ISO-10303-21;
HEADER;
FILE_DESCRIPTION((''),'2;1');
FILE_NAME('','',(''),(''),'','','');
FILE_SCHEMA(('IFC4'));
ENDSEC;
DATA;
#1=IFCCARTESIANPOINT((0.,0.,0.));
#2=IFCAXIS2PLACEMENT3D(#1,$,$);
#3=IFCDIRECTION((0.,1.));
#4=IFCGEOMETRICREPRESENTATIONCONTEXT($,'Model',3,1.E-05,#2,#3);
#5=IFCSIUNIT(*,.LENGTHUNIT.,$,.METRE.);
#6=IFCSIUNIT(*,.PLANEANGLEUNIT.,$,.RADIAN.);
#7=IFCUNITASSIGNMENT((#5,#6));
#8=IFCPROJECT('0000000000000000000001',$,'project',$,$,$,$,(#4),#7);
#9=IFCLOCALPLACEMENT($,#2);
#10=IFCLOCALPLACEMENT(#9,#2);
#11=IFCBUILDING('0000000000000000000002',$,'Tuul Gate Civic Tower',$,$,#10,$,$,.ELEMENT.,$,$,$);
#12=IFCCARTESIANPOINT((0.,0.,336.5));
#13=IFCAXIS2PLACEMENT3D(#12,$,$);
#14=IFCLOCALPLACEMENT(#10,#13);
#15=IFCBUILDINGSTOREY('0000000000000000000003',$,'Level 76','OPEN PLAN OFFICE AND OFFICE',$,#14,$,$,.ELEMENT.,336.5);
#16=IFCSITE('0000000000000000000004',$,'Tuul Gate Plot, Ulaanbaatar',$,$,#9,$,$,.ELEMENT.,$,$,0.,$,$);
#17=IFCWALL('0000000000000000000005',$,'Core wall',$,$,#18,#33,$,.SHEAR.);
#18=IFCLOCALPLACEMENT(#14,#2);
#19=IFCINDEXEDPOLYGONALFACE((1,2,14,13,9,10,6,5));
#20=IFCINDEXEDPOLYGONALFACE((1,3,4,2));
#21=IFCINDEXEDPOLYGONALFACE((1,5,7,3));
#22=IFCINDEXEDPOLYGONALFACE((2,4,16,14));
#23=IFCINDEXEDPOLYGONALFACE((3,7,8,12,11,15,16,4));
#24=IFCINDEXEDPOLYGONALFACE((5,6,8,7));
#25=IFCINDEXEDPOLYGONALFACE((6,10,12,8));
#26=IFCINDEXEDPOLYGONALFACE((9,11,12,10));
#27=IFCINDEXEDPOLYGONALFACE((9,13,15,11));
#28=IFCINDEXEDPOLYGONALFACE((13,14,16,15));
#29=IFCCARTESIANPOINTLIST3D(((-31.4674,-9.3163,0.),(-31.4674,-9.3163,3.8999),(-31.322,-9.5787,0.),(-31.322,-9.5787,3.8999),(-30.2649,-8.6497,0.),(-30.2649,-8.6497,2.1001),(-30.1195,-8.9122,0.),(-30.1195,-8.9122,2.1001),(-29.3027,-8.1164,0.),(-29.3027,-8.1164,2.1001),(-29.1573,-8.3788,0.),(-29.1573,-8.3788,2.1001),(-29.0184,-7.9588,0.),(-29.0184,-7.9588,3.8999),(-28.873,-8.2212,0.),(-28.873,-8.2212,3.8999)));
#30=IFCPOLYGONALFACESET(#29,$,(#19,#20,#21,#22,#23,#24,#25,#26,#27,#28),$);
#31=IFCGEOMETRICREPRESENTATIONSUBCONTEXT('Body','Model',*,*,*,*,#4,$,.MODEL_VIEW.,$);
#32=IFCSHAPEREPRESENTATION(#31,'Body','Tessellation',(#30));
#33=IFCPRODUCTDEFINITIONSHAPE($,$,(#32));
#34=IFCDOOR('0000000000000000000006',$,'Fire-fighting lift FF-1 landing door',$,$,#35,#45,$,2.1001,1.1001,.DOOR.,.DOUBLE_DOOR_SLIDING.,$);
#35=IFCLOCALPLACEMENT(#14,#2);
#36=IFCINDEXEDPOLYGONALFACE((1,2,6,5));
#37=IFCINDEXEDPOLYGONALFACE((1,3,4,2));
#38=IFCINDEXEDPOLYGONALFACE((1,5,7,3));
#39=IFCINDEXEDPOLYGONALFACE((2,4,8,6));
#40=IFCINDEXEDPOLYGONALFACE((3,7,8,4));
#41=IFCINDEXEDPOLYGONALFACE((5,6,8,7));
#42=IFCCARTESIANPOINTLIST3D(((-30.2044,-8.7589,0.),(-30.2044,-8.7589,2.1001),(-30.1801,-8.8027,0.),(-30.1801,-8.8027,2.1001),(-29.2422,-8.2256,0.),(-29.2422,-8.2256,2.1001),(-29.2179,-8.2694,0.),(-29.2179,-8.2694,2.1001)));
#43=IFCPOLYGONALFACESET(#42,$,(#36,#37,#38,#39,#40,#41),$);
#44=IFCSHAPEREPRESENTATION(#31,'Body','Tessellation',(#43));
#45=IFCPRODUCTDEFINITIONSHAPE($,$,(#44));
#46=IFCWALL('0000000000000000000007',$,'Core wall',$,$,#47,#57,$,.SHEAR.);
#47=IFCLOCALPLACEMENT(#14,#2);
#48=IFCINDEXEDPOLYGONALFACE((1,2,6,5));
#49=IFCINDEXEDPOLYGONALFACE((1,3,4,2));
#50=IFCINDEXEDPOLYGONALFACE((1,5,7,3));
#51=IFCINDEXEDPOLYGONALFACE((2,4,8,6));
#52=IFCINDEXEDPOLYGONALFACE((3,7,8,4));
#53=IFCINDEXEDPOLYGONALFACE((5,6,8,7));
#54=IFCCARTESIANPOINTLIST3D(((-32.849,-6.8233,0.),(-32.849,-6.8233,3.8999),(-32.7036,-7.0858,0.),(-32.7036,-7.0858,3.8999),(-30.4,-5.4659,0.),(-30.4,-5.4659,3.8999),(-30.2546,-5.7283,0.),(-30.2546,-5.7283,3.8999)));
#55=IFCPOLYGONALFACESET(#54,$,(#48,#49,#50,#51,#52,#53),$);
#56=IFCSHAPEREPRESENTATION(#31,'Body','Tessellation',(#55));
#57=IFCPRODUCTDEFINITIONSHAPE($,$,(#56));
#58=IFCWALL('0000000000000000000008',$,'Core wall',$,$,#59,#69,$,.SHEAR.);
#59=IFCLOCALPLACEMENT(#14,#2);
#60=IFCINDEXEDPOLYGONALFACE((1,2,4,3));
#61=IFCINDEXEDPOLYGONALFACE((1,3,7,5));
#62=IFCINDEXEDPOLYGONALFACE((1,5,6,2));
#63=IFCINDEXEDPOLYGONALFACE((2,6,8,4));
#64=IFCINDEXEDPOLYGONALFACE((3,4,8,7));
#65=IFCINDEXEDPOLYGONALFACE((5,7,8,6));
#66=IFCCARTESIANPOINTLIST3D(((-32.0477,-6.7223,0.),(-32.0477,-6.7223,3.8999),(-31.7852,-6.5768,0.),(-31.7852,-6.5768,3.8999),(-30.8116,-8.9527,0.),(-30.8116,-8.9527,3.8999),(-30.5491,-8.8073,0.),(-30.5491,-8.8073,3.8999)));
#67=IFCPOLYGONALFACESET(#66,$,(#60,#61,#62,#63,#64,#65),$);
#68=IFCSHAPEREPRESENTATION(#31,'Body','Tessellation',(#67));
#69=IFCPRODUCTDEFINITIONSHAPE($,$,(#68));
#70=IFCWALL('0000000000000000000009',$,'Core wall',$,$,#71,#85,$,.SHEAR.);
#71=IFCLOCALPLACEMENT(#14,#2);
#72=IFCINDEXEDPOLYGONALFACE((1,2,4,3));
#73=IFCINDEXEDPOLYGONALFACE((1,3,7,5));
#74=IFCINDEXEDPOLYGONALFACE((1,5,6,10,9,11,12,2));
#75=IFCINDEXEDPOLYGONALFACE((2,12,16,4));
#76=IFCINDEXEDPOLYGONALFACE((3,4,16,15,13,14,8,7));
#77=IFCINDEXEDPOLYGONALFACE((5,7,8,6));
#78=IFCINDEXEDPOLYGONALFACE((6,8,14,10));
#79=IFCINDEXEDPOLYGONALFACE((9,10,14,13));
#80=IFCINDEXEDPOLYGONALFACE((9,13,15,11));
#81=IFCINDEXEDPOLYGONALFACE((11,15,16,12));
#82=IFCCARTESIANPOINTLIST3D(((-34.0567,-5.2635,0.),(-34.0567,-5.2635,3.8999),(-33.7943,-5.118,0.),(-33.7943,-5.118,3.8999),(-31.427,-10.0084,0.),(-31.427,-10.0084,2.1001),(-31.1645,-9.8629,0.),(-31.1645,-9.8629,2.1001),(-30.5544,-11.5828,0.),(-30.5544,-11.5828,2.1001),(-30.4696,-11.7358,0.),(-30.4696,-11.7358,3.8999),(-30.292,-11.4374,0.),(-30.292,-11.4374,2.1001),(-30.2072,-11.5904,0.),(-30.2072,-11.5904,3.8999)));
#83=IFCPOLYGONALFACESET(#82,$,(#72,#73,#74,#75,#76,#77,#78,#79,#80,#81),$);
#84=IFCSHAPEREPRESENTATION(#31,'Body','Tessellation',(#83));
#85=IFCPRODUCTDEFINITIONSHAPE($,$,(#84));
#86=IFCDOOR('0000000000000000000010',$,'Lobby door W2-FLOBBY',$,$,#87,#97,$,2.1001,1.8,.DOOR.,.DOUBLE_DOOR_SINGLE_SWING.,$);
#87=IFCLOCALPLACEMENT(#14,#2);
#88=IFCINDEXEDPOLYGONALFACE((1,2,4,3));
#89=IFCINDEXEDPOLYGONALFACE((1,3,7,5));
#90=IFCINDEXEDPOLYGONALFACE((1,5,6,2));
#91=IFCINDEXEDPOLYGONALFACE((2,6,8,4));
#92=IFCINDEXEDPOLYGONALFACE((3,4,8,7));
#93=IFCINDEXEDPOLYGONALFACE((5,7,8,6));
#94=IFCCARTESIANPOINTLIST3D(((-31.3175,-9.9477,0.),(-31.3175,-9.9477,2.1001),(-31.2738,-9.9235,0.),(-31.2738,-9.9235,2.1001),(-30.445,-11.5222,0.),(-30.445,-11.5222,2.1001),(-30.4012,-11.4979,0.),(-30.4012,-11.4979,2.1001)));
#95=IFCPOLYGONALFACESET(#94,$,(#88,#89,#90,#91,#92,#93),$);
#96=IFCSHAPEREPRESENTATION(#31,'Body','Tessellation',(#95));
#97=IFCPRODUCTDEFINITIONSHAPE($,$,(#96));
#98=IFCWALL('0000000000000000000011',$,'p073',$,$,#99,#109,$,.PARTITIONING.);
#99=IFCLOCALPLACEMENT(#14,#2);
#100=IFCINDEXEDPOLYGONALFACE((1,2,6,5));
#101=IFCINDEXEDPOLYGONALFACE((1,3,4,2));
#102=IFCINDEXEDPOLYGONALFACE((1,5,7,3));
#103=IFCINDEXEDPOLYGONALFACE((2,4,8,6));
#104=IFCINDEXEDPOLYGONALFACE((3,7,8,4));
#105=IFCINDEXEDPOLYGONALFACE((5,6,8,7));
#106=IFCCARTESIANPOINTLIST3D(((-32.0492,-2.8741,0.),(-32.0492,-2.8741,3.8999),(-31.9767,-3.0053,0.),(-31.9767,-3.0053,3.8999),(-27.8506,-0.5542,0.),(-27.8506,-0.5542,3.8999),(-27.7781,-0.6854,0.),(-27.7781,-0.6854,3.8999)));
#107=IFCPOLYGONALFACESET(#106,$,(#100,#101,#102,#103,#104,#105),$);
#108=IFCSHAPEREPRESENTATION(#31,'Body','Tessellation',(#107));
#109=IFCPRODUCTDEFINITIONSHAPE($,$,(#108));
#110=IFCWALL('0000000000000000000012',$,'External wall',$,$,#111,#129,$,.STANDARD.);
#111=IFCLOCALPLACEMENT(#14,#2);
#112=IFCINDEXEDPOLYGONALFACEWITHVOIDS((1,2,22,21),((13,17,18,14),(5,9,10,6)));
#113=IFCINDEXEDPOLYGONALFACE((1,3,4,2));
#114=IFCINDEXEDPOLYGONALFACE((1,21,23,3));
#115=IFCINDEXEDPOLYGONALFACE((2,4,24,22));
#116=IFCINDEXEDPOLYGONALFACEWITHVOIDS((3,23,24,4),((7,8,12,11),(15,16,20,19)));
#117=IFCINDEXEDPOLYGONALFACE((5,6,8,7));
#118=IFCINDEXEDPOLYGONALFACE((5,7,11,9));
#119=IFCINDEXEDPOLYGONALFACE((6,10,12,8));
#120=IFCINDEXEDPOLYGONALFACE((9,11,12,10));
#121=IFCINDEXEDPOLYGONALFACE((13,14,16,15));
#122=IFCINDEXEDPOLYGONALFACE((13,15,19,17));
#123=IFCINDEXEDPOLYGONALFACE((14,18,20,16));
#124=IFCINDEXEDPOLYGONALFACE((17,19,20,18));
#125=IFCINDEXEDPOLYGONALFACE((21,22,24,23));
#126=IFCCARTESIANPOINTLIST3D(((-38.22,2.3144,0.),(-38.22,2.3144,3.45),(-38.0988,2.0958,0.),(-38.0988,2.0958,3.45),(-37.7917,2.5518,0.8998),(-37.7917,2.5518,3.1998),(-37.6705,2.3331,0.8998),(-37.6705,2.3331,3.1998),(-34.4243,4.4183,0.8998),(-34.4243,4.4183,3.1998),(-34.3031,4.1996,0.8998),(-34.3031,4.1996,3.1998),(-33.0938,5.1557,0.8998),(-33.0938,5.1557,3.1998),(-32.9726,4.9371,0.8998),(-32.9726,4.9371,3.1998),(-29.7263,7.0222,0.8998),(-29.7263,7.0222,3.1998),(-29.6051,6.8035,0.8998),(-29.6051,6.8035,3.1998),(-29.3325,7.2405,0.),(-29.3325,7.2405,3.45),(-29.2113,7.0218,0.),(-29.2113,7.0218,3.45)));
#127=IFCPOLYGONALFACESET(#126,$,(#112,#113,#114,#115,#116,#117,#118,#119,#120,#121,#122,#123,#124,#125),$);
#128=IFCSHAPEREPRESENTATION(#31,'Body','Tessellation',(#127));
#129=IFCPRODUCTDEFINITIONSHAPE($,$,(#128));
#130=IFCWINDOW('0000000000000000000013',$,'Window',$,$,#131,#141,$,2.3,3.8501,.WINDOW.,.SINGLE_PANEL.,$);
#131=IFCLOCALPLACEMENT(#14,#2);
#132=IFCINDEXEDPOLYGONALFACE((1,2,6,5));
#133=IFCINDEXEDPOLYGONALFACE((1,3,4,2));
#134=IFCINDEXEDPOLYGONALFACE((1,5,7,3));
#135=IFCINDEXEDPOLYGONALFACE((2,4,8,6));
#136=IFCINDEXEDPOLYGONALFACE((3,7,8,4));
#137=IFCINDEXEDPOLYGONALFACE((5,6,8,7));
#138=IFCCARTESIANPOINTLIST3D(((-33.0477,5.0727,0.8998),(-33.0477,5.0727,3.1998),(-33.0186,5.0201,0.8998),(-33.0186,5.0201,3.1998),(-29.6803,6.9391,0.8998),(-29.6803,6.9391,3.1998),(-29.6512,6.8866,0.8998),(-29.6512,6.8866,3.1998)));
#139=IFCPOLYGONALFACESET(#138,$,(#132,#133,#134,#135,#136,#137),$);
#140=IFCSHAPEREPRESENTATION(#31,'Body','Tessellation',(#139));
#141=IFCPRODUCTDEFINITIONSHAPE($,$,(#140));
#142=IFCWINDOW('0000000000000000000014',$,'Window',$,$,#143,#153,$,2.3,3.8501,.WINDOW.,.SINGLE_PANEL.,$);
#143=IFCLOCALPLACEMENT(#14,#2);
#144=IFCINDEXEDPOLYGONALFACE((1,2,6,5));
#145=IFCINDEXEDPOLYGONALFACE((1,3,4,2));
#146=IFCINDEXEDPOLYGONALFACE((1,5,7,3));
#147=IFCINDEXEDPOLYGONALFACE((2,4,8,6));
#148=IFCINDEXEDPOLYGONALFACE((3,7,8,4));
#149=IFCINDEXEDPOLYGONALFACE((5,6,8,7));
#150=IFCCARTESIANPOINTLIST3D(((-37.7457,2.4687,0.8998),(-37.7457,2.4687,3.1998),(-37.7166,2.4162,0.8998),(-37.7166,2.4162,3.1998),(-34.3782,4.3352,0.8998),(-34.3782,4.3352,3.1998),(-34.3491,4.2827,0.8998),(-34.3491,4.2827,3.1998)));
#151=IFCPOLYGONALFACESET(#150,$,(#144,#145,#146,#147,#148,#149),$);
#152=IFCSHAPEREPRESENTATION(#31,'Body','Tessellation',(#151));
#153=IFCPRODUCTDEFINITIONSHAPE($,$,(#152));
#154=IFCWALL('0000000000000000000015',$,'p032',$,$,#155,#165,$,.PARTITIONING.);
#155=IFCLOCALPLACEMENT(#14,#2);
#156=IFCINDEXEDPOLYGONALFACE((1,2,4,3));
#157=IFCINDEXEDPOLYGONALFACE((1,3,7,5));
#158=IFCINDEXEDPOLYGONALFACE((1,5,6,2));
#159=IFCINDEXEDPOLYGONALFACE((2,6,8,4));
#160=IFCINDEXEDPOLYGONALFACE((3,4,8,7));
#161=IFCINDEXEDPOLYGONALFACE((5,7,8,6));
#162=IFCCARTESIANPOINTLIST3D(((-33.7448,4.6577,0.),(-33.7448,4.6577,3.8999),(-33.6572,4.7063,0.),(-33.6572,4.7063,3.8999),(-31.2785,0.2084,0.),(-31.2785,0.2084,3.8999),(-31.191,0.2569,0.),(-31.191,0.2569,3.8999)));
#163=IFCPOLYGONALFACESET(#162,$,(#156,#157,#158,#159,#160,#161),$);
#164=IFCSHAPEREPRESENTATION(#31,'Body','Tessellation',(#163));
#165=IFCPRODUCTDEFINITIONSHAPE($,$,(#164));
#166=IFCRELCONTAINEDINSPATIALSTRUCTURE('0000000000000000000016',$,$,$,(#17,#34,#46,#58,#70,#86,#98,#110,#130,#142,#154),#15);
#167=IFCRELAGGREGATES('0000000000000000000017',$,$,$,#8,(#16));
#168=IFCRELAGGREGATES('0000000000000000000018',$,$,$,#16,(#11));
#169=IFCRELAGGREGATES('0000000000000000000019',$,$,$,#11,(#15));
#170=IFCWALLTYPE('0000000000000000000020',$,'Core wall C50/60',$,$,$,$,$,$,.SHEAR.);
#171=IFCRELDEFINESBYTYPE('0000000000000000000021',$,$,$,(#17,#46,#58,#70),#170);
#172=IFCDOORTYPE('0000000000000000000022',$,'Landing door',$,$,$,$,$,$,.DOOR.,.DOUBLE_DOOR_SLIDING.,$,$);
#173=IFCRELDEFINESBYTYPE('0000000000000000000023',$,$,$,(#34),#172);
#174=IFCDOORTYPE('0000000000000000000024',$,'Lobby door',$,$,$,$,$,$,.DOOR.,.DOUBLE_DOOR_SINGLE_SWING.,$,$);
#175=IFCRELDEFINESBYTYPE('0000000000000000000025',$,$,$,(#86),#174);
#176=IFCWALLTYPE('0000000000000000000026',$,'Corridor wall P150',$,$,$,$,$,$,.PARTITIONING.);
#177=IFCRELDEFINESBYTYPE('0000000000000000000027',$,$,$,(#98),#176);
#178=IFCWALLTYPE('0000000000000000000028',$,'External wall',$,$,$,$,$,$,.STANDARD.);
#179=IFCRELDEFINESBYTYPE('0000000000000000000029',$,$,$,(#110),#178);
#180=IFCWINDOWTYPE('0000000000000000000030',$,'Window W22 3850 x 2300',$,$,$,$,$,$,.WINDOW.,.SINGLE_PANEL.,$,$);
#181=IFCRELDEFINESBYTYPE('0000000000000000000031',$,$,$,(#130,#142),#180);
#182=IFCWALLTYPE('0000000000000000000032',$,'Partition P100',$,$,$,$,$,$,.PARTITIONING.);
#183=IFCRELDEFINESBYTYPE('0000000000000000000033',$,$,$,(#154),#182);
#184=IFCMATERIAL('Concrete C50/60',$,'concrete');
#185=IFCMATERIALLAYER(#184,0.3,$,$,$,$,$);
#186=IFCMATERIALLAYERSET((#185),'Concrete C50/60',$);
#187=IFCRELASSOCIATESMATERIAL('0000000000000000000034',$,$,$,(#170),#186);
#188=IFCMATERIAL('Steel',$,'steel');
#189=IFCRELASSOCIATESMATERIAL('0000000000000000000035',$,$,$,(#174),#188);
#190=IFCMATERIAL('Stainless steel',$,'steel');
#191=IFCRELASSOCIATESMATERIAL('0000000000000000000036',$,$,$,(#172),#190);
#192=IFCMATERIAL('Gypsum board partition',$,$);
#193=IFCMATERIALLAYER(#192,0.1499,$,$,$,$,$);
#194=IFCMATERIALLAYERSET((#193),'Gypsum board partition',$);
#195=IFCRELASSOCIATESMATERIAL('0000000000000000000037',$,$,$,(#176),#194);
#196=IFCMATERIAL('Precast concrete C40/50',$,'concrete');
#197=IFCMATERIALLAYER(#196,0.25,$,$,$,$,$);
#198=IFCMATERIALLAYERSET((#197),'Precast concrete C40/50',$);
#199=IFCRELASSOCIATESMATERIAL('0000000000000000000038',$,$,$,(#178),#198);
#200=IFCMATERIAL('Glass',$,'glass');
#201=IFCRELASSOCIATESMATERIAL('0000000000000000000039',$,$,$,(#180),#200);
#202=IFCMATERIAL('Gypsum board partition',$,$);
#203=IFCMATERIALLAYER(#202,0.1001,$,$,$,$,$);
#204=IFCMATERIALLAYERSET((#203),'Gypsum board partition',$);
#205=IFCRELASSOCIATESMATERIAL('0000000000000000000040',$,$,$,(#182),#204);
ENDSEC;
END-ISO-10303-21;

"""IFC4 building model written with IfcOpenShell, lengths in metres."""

from ifc_helpers import new_model, si_unit, direction, frame, frame_2d, origin, place, context, subcontext, project, spatial, rectangle, extrude, material, layer, layer_set, type_object, element, fill, save


model = new_model("IFC4")

# Units and contexts
model_context = context("Model", 3, precision=1e-05, world=origin(), true_north=direction((0.0, 1.0)))
body_context = subcontext(model_context, "Body", "Model", "MODEL_VIEW")
ifc_project = project(units=[si_unit("LENGTHUNIT", "METRE"), si_unit("PLANEANGLEUNIT", "RADIAN")], contexts=[model_context])

# Site, building, storey
site_placement = place(None, origin())
site = spatial("IfcSite", under=ifc_project, at=site_placement, Name="Tuul Gate Plot, Ulaanbaatar", CompositionType="ELEMENT", RefElevation=0.0)
building_placement = place(site_placement, origin())
building = spatial("IfcBuilding", under=site, at=building_placement, Name="Tuul Gate Civic Tower", CompositionType="ELEMENT")
storey_placement = place(building_placement, frame((0.0, 0.0, 336.5)))
storey = spatial("IfcBuildingStorey", under=building, at=storey_placement, Name="Level 76", Description="OPEN PLAN OFFICE AND OFFICE", CompositionType="ELEMENT", Elevation=336.5)

# Shared definitions
ifc_material_1 = material(Name="Concrete C50/60", Category="concrete")
ifc_layer_1 = layer(ifc_material_1, 0.3)
ifc_layer_set_1 = layer_set([ifc_layer_1], Name="Concrete C50/60")
wall_type_1 = type_object("IfcWallType", Name="Core wall C50/60", PredefinedType="SHEAR", material=ifc_layer_set_1)
ifc_material_2 = material(Name="Steel", Category="steel")
door_type_1 = type_object("IfcDoorType", Name="Lobby door", OperationType="DOUBLE_DOOR_SINGLE_SWING", PredefinedType="DOOR", material=ifc_material_2)
ifc_material_3 = material(Name="Stainless steel", Category="steel")
door_type_2 = type_object("IfcDoorType", Name="Landing door", OperationType="DOUBLE_DOOR_SLIDING", PredefinedType="DOOR", material=ifc_material_3)

# Wall, opening, door
wall_1_placement = place(storey_placement, frame((-28.9458, -8.0901, 0.0), z_axis=(0.0, 0.0, 1.0), x_axis=(-0.87463, -0.484791, 0.0)))
wall_1 = element("IfcWall", 1, at=wall_1_placement, inside=storey, type_object=wall_type_1, Name="Core wall", PredefinedType="SHEAR", context=body_context, shape_type="SweptSolid", body=[
    extrude(rectangle(XDim=2.8, YDim=0.3, at=frame_2d((1.3999, 0.0))), origin(), (0.0, 0.0, 1.0), 3.8999),
])
opening_1_placement = place(wall_1_placement, frame((0.325, 0.0, 0.0)))
opening_1 = element("IfcOpeningElement", 2, at=opening_1_placement, cuts=wall_1, PredefinedType="OPENING", context=body_context, shape_type="SweptSolid", body=[
    extrude(rectangle(XDim=1.1001, YDim=2.1001, at=frame_2d((0.55, 1.05))), frame((0.0, 0.1602, 0.0), z_axis=(0.0, -1.0, 0.0), x_axis=(1.0, 0.0, 0.0)), (0.0, 0.0, 1.0), 0.3201),
])
door_1_placement = place(opening_1_placement, origin())
door_1 = element("IfcDoor", 3, at=door_1_placement, inside=storey, type_object=door_type_2, Name="Fire-fighting lift FF-1 landing door", OperationType="DOUBLE_DOOR_SLIDING", OverallHeight=2.1001, OverallWidth=1.1001, PredefinedType="DOOR", context=body_context, shape_type="SweptSolid", body=[
    extrude(rectangle(XDim=1.1001, YDim=2.1001, at=frame_2d((0.55, 1.05))), frame((0.0, 0.0249, 0.0), z_axis=(0.0, -1.0, 0.0), x_axis=(1.0, 0.0, 0.0)), (0.0, 0.0, 1.0), 0.05),
])
fill(opening_1, door_1)

# Walls
wall_2_placement = place(storey_placement, frame((-30.3274, -5.5972, 0.0), z_axis=(0.0, 0.0, 1.0), x_axis=(-0.87463, -0.484791, 0.0)))
element("IfcWall", 4, at=wall_2_placement, inside=storey, type_object=wall_type_1, Name="Core wall", PredefinedType="SHEAR", context=body_context, shape_type="SweptSolid", body=[
    extrude(rectangle(XDim=2.8, YDim=0.3, at=frame_2d((1.3999, 0.0))), origin(), (0.0, 0.0, 1.0), 3.8999),
])
wall_3_placement = place(storey_placement, frame((-30.6804, -8.8799, 0.0), z_axis=(0.0, 0.0, 1.0), x_axis=(-0.484724, 0.874667, 0.0)))
element("IfcWall", 5, at=wall_3_placement, inside=storey, type_object=wall_type_1, Name="Core wall", PredefinedType="SHEAR", context=body_context, shape_type="SweptSolid", body=[
    extrude(rectangle(XDim=2.55, YDim=0.3, at=frame_2d((1.2749, 0.0))), origin(), (0.0, 0.0, 1.0), 3.8999),
])

# Wall, opening, door
wall_4_placement = place(storey_placement, frame((-30.3384, -11.6631, 0.0), z_axis=(0.0, 0.0, 1.0), x_axis=(-0.484752, 0.874652, 0.0)))
wall_4 = element("IfcWall", 6, at=wall_4_placement, inside=storey, type_object=wall_type_1, Name="Core wall", PredefinedType="SHEAR", context=body_context, shape_type="SweptSolid", body=[
    extrude(rectangle(XDim=7.3999, YDim=0.3, at=frame_2d((3.7, 0.0))), origin(), (0.0, 0.0, 1.0), 3.8999),
])
opening_2_placement = place(wall_4_placement, frame((0.175, 0.0, 0.0)))
opening_2 = element("IfcOpeningElement", 7, at=opening_2_placement, cuts=wall_4, PredefinedType="OPENING", context=body_context, shape_type="SweptSolid", body=[
    extrude(rectangle(XDim=1.8, YDim=2.1001, at=frame_2d((0.8999, 1.05))), frame((0.0, 0.1602, 0.0), z_axis=(0.0, -1.0, 0.0), x_axis=(1.0, 0.0, 0.0)), (0.0, 0.0, 1.0), 0.3201),
])
door_2_placement = place(opening_2_placement, origin())
door_2 = element("IfcDoor", 8, at=door_2_placement, inside=storey, type_object=door_type_1, Name="Lobby door W2-FLOBBY", OperationType="DOUBLE_DOOR_SINGLE_SWING", OverallHeight=2.1001, OverallWidth=1.8, PredefinedType="DOOR", context=body_context, shape_type="SweptSolid", body=[
    extrude(rectangle(XDim=1.8, YDim=2.1001, at=frame_2d((0.8999, 1.05))), frame((0.0, 0.0249, 0.0), z_axis=(0.0, -1.0, 0.0), x_axis=(1.0, 0.0, 0.0)), (0.0, 0.0, 1.0), 0.05),
])
fill(opening_2, door_2)

# Wall
ifc_material_4 = material(Name="Gypsum board partition")
ifc_layer_2 = layer(ifc_material_4, 0.1499)
ifc_layer_set_2 = layer_set([ifc_layer_2], Name="Gypsum board partition")
wall_type_2 = type_object("IfcWallType", Name="Corridor wall P150", PredefinedType="PARTITIONING", material=ifc_layer_set_2)
wall_5_placement = place(storey_placement, frame((-32.0129, -2.9397, 0.0), z_axis=(0.0, 0.0, 1.0), x_axis=(0.875276, 0.483624, 0.0)))
element("IfcWall", 9, at=wall_5_placement, inside=storey, type_object=wall_type_2, Name="p073", PredefinedType="PARTITIONING", context=body_context, shape_type="SweptSolid", body=[
    extrude(rectangle(XDim=4.7969, YDim=0.1499, at=frame_2d((2.3984, 0.0))), origin(), (0.0, 0.0, 1.0), 3.8999),
])

# Wall, openings, windows
ifc_material_5 = material(Name="Precast concrete C40/50", Category="concrete")
ifc_layer_3 = layer(ifc_material_5, 0.25)
ifc_layer_set_3 = layer_set([ifc_layer_3], Name="Precast concrete C40/50")
wall_type_3 = type_object("IfcWallType", Name="External wall", PredefinedType="STANDARD", material=ifc_layer_set_3)
wall_6_placement = place(storey_placement, frame((-29.272, 7.1311, 0.0), z_axis=(0.0, 0.0, 1.0), x_axis=(-0.874635, -0.484782, 0.0)))
wall_6 = element("IfcWall", 10, at=wall_6_placement, inside=storey, type_object=wall_type_3, Name="External wall", PredefinedType="STANDARD", context=body_context, shape_type="SweptSolid", body=[
    extrude(rectangle(XDim=10.1614, YDim=0.25, at=frame_2d((5.0806, 0.0))), origin(), (0.0, 0.0, 1.0), 3.45),
])
opening_3_placement = place(wall_6_placement, frame((0.4502, 0.0, 0.8999)))
opening_3 = element("IfcOpeningElement", 11, at=opening_3_placement, cuts=wall_6, PredefinedType="OPENING", context=body_context, shape_type="SweptSolid", body=[
    extrude(rectangle(XDim=3.8501, YDim=2.3, at=frame_2d((1.925, 1.1499))), frame((0.0, 0.135, 0.0), z_axis=(0.0, -1.0, 0.0), x_axis=(1.0, 0.0, 0.0)), (0.0, 0.0, 1.0), 0.27),
])
opening_4_placement = place(wall_6_placement, frame((5.8215, 0.0, 0.8999)))
opening_4 = element("IfcOpeningElement", 12, at=opening_4_placement, cuts=wall_6, PredefinedType="OPENING", context=body_context, shape_type="SweptSolid", body=[
    extrude(rectangle(XDim=3.8501, YDim=2.3, at=frame_2d((1.925, 1.1499))), frame((0.0, 0.135, 0.0), z_axis=(0.0, -1.0, 0.0), x_axis=(1.0, 0.0, 0.0)), (0.0, 0.0, 1.0), 0.27),
])
ifc_material_6 = material(Name="Glass", Category="glass")
window_type = type_object("IfcWindowType", Name="Window W22 3850 x 2300", PartitioningType="SINGLE_PANEL", PredefinedType="WINDOW", material=ifc_material_6)
window_1_placement = place(opening_3_placement, origin())
window_1 = element("IfcWindow", 13, at=window_1_placement, inside=storey, type_object=window_type, Name="Window", OverallHeight=2.3, OverallWidth=3.8501, PartitioningType="SINGLE_PANEL", PredefinedType="WINDOW", context=body_context, shape_type="SweptSolid", body=[
    extrude(rectangle(XDim=3.8501, YDim=2.3, at=frame_2d((1.925, 1.1499))), frame((0.0, 0.03, 0.0), z_axis=(0.0, -1.0, 0.0), x_axis=(1.0, 0.0, 0.0)), (0.0, 0.0, 1.0), 0.0601),
])
fill(opening_3, window_1)
window_2_placement = place(opening_4_placement, origin())
window_2 = element("IfcWindow", 14, at=window_2_placement, inside=storey, type_object=window_type, Name="Window", OverallHeight=2.3, OverallWidth=3.8501, PartitioningType="SINGLE_PANEL", PredefinedType="WINDOW", context=body_context, shape_type="SweptSolid", body=[
    extrude(rectangle(XDim=3.8501, YDim=2.3, at=frame_2d((1.925, 1.1499))), frame((0.0, 0.03, 0.0), z_axis=(0.0, -1.0, 0.0), x_axis=(1.0, 0.0, 0.0)), (0.0, 0.0, 1.0), 0.0601),
])
fill(opening_4, window_2)

# Wall
ifc_material_7 = material(Name="Gypsum board partition")
ifc_layer_4 = layer(ifc_material_7, 0.1001)
ifc_layer_set_4 = layer_set([ifc_layer_4], Name="Gypsum board partition")
wall_type_4 = type_object("IfcWallType", Name="Partition P100", PredefinedType="PARTITIONING", material=ifc_layer_set_4)
wall_7_placement = place(storey_placement, frame((-33.7009, 4.6819, 0.0), z_axis=(0.0, 0.0, 1.0), x_axis=(0.484799, -0.874625, 0.0)))
element("IfcWall", 15, at=wall_7_placement, inside=storey, type_object=wall_type_4, Name="p032", PredefinedType="PARTITIONING", context=body_context, shape_type="SweptSolid", body=[
    extrude(rectangle(XDim=5.0872, YDim=0.1001, at=frame_2d((2.5435, 0.0))), origin(), (0.0, 0.0, 1.0), 3.8999),
])

save(model, "model.ifc")
